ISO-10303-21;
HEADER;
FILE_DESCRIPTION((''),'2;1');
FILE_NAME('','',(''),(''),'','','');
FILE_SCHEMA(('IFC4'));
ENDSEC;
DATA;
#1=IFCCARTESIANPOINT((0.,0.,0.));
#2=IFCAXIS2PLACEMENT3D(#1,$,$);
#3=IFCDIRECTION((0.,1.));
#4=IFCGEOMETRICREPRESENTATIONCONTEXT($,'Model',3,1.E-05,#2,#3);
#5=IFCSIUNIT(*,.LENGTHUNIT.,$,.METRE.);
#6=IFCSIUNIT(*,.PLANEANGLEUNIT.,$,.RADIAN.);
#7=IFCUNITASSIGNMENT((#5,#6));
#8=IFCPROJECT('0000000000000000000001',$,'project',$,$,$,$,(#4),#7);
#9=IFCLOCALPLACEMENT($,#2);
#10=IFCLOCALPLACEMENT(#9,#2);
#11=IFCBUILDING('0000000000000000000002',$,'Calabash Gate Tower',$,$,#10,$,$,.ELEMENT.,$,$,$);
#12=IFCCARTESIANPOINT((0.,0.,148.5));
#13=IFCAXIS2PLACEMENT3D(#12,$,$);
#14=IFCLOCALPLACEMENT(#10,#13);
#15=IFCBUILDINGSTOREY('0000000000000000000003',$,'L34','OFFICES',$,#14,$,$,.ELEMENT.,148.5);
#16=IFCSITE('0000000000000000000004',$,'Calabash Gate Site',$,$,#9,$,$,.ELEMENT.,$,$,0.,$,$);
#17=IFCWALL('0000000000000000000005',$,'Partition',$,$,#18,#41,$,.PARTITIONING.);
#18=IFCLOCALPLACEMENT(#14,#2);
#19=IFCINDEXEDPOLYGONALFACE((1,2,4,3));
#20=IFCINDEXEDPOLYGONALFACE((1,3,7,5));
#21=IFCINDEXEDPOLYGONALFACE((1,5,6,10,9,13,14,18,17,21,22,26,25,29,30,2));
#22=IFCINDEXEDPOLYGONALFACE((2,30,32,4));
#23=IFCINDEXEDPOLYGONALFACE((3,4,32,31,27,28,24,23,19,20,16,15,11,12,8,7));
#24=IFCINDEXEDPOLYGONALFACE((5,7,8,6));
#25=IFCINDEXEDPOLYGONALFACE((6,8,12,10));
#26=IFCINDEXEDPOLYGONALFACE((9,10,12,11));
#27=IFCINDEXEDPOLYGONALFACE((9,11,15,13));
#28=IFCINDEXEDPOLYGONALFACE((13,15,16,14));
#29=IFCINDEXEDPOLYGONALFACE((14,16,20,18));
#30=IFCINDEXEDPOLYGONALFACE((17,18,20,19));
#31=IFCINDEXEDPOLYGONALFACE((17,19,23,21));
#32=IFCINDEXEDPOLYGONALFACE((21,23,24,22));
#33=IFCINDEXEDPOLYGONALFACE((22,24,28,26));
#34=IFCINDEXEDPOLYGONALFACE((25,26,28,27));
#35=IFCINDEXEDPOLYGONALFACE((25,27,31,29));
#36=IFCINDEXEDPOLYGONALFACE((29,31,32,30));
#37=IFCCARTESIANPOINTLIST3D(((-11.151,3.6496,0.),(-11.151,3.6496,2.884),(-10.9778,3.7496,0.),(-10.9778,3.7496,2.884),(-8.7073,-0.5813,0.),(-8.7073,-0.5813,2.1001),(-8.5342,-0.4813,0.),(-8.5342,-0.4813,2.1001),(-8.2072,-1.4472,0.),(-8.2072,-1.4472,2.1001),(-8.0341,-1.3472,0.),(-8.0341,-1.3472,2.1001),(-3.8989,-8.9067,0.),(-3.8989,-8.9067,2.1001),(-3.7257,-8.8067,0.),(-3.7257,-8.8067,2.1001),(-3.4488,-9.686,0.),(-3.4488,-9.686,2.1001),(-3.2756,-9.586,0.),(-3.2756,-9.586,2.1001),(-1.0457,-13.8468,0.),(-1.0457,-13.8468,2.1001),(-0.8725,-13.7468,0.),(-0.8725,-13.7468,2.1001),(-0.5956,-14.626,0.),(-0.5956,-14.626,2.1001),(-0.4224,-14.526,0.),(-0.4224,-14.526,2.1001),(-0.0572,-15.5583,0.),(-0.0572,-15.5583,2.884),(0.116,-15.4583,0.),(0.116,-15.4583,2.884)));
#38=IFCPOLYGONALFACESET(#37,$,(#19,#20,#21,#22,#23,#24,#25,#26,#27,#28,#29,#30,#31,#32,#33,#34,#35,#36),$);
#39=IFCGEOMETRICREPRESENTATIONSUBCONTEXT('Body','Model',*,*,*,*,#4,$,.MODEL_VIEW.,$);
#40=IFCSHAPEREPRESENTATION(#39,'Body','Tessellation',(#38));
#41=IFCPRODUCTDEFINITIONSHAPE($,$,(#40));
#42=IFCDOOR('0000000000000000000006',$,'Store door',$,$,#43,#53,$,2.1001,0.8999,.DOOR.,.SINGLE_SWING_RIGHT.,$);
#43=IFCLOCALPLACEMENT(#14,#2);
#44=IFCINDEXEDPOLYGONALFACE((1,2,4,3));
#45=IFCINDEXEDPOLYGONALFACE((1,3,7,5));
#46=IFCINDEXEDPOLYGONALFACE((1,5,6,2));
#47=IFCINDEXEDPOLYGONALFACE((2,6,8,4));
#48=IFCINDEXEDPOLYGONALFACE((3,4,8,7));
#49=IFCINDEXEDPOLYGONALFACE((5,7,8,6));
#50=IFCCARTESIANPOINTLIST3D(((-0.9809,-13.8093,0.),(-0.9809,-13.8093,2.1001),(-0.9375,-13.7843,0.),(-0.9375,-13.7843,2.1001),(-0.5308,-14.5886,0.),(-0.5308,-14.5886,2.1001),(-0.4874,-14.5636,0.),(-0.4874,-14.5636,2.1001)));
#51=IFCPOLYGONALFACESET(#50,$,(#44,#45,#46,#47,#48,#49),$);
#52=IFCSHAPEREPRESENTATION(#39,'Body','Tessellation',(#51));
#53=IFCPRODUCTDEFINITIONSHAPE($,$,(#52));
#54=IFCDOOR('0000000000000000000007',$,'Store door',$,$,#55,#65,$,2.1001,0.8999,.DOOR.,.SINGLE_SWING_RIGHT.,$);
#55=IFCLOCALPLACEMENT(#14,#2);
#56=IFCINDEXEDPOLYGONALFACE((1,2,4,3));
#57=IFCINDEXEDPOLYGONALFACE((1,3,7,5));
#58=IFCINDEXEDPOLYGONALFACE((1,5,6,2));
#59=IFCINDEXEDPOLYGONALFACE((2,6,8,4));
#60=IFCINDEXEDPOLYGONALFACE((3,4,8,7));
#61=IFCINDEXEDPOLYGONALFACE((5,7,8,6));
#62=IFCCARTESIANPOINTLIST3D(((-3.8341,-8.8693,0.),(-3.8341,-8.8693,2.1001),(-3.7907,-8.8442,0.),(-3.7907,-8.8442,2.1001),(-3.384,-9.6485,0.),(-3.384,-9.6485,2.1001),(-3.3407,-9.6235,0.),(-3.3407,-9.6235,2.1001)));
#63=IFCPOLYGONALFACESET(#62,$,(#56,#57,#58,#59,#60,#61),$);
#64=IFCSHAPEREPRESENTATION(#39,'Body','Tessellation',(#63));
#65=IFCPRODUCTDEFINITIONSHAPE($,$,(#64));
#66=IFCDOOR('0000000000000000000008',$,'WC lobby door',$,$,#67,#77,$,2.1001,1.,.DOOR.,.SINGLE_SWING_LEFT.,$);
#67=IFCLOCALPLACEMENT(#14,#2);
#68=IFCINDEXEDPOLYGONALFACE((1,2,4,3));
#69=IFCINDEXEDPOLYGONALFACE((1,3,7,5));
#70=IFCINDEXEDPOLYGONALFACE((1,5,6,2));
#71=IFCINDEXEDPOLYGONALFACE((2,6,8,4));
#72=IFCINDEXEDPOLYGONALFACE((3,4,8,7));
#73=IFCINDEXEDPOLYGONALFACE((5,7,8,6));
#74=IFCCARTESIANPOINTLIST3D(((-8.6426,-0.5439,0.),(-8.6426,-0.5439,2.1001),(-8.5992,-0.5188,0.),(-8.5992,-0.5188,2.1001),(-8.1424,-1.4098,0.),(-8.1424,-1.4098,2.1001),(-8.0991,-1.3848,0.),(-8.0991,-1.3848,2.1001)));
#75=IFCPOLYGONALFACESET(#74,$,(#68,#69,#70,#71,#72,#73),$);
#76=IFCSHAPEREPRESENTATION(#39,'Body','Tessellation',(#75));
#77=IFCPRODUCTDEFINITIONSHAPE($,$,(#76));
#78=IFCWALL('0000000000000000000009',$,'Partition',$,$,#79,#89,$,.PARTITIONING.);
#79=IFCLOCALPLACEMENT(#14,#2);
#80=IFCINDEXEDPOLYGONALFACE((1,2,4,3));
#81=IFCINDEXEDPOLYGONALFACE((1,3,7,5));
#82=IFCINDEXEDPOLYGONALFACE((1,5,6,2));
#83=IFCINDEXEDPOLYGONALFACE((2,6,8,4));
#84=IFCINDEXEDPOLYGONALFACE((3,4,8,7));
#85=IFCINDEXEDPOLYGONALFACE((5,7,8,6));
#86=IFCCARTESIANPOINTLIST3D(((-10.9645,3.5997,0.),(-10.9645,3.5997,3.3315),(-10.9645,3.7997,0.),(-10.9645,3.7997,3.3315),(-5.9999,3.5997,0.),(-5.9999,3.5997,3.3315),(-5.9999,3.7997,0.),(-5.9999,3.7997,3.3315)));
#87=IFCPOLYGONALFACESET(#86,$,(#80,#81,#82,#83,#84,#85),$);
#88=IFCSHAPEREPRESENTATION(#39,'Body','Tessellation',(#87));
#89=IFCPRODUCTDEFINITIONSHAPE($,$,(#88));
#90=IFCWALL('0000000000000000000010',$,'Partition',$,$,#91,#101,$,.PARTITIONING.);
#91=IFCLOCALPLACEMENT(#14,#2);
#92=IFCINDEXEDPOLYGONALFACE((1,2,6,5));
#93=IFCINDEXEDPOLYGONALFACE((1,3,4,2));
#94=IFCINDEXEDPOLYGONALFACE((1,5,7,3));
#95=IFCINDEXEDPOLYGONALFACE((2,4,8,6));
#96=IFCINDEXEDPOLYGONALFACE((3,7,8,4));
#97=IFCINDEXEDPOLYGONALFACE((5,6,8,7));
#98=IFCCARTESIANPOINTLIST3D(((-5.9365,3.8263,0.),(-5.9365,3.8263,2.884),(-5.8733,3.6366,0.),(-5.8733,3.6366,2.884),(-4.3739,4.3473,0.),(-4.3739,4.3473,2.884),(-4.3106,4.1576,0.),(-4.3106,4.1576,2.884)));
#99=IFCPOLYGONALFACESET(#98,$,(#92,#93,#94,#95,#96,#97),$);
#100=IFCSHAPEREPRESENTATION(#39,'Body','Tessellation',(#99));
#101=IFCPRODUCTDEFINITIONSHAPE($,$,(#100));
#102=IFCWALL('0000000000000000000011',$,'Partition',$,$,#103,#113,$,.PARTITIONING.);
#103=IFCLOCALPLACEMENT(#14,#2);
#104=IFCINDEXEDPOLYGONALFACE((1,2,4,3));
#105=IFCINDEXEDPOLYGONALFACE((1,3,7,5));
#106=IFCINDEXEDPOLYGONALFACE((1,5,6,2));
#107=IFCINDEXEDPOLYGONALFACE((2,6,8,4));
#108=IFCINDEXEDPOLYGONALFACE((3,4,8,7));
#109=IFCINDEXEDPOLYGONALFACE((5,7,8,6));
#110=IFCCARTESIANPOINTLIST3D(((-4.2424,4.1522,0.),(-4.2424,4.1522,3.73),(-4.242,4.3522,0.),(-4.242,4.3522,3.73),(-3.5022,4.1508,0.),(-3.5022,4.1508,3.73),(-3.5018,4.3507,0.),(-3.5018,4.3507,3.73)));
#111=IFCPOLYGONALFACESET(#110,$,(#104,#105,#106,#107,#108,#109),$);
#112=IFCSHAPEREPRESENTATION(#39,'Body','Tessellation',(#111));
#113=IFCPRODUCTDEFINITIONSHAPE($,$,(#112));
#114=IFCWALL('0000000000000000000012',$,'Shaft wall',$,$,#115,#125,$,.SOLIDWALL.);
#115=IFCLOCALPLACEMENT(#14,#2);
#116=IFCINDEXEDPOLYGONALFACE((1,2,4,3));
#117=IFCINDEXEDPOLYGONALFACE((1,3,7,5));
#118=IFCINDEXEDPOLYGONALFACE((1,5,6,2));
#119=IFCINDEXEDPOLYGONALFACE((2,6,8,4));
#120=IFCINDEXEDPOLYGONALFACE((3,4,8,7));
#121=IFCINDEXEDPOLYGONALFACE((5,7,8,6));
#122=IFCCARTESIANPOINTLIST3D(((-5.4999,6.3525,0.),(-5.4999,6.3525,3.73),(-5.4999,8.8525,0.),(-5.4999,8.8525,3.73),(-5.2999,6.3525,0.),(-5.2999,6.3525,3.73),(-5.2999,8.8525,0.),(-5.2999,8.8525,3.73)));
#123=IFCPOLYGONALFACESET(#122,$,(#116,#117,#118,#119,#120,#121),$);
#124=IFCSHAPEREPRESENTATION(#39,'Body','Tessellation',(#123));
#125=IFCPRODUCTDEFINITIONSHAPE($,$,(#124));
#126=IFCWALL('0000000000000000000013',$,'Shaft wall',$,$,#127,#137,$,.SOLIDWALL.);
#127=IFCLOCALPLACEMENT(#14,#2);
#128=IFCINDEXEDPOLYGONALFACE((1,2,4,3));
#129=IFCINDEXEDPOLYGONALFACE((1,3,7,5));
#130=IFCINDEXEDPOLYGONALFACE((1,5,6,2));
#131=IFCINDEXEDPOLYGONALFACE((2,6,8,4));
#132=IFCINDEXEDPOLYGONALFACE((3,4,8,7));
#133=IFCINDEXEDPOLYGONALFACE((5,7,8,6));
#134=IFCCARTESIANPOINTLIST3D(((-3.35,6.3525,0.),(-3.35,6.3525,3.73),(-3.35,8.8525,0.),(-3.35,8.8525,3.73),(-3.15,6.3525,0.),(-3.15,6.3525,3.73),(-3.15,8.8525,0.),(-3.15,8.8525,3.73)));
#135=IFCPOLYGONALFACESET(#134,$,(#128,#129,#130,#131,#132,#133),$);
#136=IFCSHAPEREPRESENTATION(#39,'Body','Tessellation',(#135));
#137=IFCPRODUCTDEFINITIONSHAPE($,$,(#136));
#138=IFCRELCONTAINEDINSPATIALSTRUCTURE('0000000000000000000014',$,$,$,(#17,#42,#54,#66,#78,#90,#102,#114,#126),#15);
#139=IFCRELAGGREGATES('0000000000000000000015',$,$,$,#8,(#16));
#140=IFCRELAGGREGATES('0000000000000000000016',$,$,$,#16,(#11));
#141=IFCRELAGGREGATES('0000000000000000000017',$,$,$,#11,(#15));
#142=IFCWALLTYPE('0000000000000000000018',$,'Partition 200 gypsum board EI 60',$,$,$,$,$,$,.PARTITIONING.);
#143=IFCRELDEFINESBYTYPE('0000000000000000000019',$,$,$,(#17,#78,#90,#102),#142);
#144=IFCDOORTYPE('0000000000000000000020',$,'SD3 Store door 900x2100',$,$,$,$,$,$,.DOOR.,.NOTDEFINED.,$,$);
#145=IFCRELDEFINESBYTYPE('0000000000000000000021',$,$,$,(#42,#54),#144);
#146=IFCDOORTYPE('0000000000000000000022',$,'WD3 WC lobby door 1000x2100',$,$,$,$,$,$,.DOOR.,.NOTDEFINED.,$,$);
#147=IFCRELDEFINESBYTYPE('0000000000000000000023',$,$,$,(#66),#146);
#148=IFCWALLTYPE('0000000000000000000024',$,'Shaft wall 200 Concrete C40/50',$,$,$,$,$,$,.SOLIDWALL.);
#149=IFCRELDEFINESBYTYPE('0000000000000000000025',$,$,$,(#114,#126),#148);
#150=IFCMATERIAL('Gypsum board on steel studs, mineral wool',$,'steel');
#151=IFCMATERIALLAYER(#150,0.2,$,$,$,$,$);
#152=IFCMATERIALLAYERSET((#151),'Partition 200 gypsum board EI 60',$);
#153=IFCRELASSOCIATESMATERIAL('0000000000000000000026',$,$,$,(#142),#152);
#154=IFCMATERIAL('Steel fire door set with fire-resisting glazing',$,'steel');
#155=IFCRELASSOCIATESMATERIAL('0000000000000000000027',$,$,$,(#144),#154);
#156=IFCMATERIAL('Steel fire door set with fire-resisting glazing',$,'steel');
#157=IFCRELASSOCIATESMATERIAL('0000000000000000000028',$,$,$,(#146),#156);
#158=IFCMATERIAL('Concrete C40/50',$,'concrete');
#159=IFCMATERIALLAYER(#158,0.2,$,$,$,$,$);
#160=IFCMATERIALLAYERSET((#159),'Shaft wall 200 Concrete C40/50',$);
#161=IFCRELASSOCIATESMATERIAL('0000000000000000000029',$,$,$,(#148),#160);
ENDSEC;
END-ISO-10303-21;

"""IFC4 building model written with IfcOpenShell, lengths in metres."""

from ifc_helpers import new_model, si_unit, direction, frame, frame_2d, origin, place, context, subcontext, project, spatial, rectangle, extrude, material, layer, layer_set, type_object, element, fill, save


model = new_model("IFC4")

# Units and contexts
model_context = context("Model", 3, precision=1e-05, world=origin(), true_north=direction((0.0, 1.0)))
body_context = subcontext(model_context, "Body", "Model", "MODEL_VIEW")
ifc_project = project(units=[si_unit("LENGTHUNIT", "METRE"), si_unit("PLANEANGLEUNIT", "RADIAN")], contexts=[model_context])

# Site, building, storey
site_placement = place(None, origin())
site = spatial("IfcSite", under=ifc_project, at=site_placement, Name="Calabash Gate Site", CompositionType="ELEMENT", RefElevation=0.0)
building_placement = place(site_placement, origin())
building = spatial("IfcBuilding", under=site, at=building_placement, Name="Calabash Gate Tower", CompositionType="ELEMENT")
storey_placement = place(building_placement, frame((0.0, 0.0, 148.5)))
storey = spatial("IfcBuildingStorey", under=building, at=storey_placement, Name="L34", Description="OFFICES", CompositionType="ELEMENT", Elevation=148.5)

# Shared definitions
ifc_material_1 = material(Name="Gypsum board on steel studs, mineral wool", Category="steel")
ifc_layer_1 = layer(ifc_material_1, 0.2)
ifc_layer_set_1 = layer_set([ifc_layer_1], Name="Partition 200 gypsum board EI 60")
wall_type_1 = type_object("IfcWallType", Name="Partition 200 gypsum board EI 60", PredefinedType="PARTITIONING", material=ifc_layer_set_1)

# Wall, openings, doors
wall_1_placement = place(storey_placement, frame((-11.0645, 3.6997, 0.0), z_axis=(0.0, 0.0, 1.0), x_axis=(0.50014, -0.865945, 0.0)))
wall_1 = element("IfcWall", 1, at=wall_1_placement, inside=storey, type_object=wall_type_1, Name="Partition", PredefinedType="PARTITIONING", context=body_context, shape_type="SweptSolid", body=[
    extrude(rectangle(XDim=22.1814, YDim=0.2, at=frame_2d((11.0908, 0.0))), origin(), (0.0, 0.0, 1.0), 2.884),
])
opening_1_placement = place(wall_1_placement, frame((20.2051, 0.0, 0.0)))
opening_1 = element("IfcOpeningElement", 2, at=opening_1_placement, cuts=wall_1, PredefinedType="OPENING", context=body_context, shape_type="SweptSolid", body=[
    extrude(rectangle(XDim=0.8999, YDim=2.1001, at=frame_2d((0.45, 1.05))), frame((0.0, 0.1099, 0.0), z_axis=(0.0, -1.0, 0.0), x_axis=(1.0, 0.0, 0.0)), (0.0, 0.0, 1.0), 0.22),
])
opening_2_placement = place(wall_1_placement, frame((14.5002, 0.0, 0.0)))
opening_2 = element("IfcOpeningElement", 3, at=opening_2_placement, cuts=wall_1, PredefinedType="OPENING", context=body_context, shape_type="SweptSolid", body=[
    extrude(rectangle(XDim=0.8999, YDim=2.1001, at=frame_2d((0.45, 1.05))), frame((0.0, 0.1099, 0.0), z_axis=(0.0, -1.0, 0.0), x_axis=(1.0, 0.0, 0.0)), (0.0, 0.0, 1.0), 0.22),
])
opening_3_placement = place(wall_1_placement, frame((4.886, 0.0, 0.0)))
opening_3 = element("IfcOpeningElement", 4, at=opening_3_placement, cuts=wall_1, PredefinedType="OPENING", context=body_context, shape_type="SweptSolid", body=[
    extrude(rectangle(XDim=1.0, YDim=2.1001, at=frame_2d((0.5, 1.05))), frame((0.0, 0.1099, 0.0), z_axis=(0.0, -1.0, 0.0), x_axis=(1.0, 0.0, 0.0)), (0.0, 0.0, 1.0), 0.22),
])
ifc_material_2 = material(Name="Steel fire door set with fire-resisting glazing", Category="steel")
door_type_1 = type_object("IfcDoorType", Name="SD3 Store door 900x2100", OperationType="NOTDEFINED", PredefinedType="DOOR", material=ifc_material_2)
door_1_placement = place(opening_1_placement, origin())
door_1 = element("IfcDoor", 5, at=door_1_placement, inside=storey, type_object=door_type_1, Name="Store door", OperationType="SINGLE_SWING_RIGHT", OverallHeight=2.1001, OverallWidth=0.8999, PredefinedType="DOOR", context=body_context, shape_type="SweptSolid", body=[
    extrude(rectangle(XDim=0.8999, YDim=2.1001, at=frame_2d((0.45, 1.05))), frame((0.0, 0.0249, 0.0), z_axis=(0.0, -1.0, 0.0), x_axis=(1.0, 0.0, 0.0)), (0.0, 0.0, 1.0), 0.05),
])
fill(opening_1, door_1)
door_2_placement = place(opening_2_placement, origin())
door_2 = element("IfcDoor", 6, at=door_2_placement, inside=storey, type_object=door_type_1, Name="Store door", OperationType="SINGLE_SWING_RIGHT", OverallHeight=2.1001, OverallWidth=0.8999, PredefinedType="DOOR", context=body_context, shape_type="SweptSolid", body=[
    extrude(rectangle(XDim=0.8999, YDim=2.1001, at=frame_2d((0.45, 1.05))), frame((0.0, 0.0249, 0.0), z_axis=(0.0, -1.0, 0.0), x_axis=(1.0, 0.0, 0.0)), (0.0, 0.0, 1.0), 0.05),
])
fill(opening_2, door_2)
ifc_material_3 = material(Name="Steel fire door set with fire-resisting glazing", Category="steel")
door_type_2 = type_object("IfcDoorType", Name="WD3 WC lobby door 1000x2100", OperationType="NOTDEFINED", PredefinedType="DOOR", material=ifc_material_3)
door_3_placement = place(opening_3_placement, origin())
door_3 = element("IfcDoor", 7, at=door_3_placement, inside=storey, type_object=door_type_2, Name="WC lobby door", OperationType="SINGLE_SWING_LEFT", OverallHeight=2.1001, OverallWidth=1.0, PredefinedType="DOOR", context=body_context, shape_type="SweptSolid", body=[
    extrude(rectangle(XDim=1.0, YDim=2.1001, at=frame_2d((0.5, 1.05))), frame((0.0, 0.0249, 0.0), z_axis=(0.0, -1.0, 0.0), x_axis=(1.0, 0.0, 0.0)), (0.0, 0.0, 1.0), 0.05),
])
fill(opening_3, door_3)

# Walls
wall_2_placement = place(storey_placement, frame((-10.9646, 3.6997, 0.0), z_axis=(0.0, 0.0, 1.0), x_axis=(1.0, 0.0, 0.0)))
element("IfcWall", 8, at=wall_2_placement, inside=storey, type_object=wall_type_1, Name="Partition", PredefinedType="PARTITIONING", context=body_context, shape_type="SweptSolid", body=[
    extrude(rectangle(XDim=4.9646, YDim=0.2, at=frame_2d((2.4824, 0.0))), origin(), (0.0, 0.0, 1.0), 3.3315),
])
wall_3_placement = place(storey_placement, frame((-5.905, 3.7314, 0.0), z_axis=(0.0, 0.0, 1.0), x_axis=(0.948668, 0.316272, 0.0)))
element("IfcWall", 9, at=wall_3_placement, inside=storey, type_object=wall_type_1, Name="Partition", PredefinedType="PARTITIONING", context=body_context, shape_type="SweptSolid", body=[
    extrude(rectangle(XDim=1.6472, YDim=0.2, at=frame_2d((0.8237, 0.0))), origin(), (0.0, 0.0, 1.0), 2.884),
])
wall_4_placement = place(storey_placement, frame((-4.2422, 4.2522, 0.0), z_axis=(0.0, 0.0, 1.0), x_axis=(0.999998, -0.001979, 0.0)))
element("IfcWall", 10, at=wall_4_placement, inside=storey, type_object=wall_type_1, Name="Partition", PredefinedType="PARTITIONING", context=body_context, shape_type="SweptSolid", body=[
    extrude(rectangle(XDim=0.7402, YDim=0.2, at=frame_2d((0.3701, 0.0))), origin(), (0.0, 0.0, 1.0), 3.73),
])
ifc_material_4 = material(Name="Concrete C40/50", Category="concrete")
ifc_layer_2 = layer(ifc_material_4, 0.2)
ifc_layer_set_2 = layer_set([ifc_layer_2], Name="Shaft wall 200 Concrete C40/50")
wall_type_2 = type_object("IfcWallType", Name="Shaft wall 200 Concrete C40/50", PredefinedType="SOLIDWALL", material=ifc_layer_set_2)
for number, where, z_axis, x_axis, name in (
    (11, (-5.3999, 6.3525, 0.0), (0.0, 0.0, 1.0), (0.0, 1.0, 0.0), "Shaft wall"),
    (12, (-3.25, 6.3525, 0.0), (0.0, 0.0, 1.0), (0.0, 1.0, 0.0), "Shaft wall"),
):
    element("IfcWall", number, at=place(storey_placement, frame(where, z_axis=z_axis, x_axis=x_axis)), inside=storey, type_object=wall_type_2, Name=name, PredefinedType="SOLIDWALL", context=body_context, shape_type="SweptSolid", body=[
        extrude(rectangle(XDim=2.5, YDim=0.2, at=frame_2d((1.25, 0.0))), origin(), (0.0, 0.0, 1.0), 3.73),
    ])

save(model, "model.ifc")
